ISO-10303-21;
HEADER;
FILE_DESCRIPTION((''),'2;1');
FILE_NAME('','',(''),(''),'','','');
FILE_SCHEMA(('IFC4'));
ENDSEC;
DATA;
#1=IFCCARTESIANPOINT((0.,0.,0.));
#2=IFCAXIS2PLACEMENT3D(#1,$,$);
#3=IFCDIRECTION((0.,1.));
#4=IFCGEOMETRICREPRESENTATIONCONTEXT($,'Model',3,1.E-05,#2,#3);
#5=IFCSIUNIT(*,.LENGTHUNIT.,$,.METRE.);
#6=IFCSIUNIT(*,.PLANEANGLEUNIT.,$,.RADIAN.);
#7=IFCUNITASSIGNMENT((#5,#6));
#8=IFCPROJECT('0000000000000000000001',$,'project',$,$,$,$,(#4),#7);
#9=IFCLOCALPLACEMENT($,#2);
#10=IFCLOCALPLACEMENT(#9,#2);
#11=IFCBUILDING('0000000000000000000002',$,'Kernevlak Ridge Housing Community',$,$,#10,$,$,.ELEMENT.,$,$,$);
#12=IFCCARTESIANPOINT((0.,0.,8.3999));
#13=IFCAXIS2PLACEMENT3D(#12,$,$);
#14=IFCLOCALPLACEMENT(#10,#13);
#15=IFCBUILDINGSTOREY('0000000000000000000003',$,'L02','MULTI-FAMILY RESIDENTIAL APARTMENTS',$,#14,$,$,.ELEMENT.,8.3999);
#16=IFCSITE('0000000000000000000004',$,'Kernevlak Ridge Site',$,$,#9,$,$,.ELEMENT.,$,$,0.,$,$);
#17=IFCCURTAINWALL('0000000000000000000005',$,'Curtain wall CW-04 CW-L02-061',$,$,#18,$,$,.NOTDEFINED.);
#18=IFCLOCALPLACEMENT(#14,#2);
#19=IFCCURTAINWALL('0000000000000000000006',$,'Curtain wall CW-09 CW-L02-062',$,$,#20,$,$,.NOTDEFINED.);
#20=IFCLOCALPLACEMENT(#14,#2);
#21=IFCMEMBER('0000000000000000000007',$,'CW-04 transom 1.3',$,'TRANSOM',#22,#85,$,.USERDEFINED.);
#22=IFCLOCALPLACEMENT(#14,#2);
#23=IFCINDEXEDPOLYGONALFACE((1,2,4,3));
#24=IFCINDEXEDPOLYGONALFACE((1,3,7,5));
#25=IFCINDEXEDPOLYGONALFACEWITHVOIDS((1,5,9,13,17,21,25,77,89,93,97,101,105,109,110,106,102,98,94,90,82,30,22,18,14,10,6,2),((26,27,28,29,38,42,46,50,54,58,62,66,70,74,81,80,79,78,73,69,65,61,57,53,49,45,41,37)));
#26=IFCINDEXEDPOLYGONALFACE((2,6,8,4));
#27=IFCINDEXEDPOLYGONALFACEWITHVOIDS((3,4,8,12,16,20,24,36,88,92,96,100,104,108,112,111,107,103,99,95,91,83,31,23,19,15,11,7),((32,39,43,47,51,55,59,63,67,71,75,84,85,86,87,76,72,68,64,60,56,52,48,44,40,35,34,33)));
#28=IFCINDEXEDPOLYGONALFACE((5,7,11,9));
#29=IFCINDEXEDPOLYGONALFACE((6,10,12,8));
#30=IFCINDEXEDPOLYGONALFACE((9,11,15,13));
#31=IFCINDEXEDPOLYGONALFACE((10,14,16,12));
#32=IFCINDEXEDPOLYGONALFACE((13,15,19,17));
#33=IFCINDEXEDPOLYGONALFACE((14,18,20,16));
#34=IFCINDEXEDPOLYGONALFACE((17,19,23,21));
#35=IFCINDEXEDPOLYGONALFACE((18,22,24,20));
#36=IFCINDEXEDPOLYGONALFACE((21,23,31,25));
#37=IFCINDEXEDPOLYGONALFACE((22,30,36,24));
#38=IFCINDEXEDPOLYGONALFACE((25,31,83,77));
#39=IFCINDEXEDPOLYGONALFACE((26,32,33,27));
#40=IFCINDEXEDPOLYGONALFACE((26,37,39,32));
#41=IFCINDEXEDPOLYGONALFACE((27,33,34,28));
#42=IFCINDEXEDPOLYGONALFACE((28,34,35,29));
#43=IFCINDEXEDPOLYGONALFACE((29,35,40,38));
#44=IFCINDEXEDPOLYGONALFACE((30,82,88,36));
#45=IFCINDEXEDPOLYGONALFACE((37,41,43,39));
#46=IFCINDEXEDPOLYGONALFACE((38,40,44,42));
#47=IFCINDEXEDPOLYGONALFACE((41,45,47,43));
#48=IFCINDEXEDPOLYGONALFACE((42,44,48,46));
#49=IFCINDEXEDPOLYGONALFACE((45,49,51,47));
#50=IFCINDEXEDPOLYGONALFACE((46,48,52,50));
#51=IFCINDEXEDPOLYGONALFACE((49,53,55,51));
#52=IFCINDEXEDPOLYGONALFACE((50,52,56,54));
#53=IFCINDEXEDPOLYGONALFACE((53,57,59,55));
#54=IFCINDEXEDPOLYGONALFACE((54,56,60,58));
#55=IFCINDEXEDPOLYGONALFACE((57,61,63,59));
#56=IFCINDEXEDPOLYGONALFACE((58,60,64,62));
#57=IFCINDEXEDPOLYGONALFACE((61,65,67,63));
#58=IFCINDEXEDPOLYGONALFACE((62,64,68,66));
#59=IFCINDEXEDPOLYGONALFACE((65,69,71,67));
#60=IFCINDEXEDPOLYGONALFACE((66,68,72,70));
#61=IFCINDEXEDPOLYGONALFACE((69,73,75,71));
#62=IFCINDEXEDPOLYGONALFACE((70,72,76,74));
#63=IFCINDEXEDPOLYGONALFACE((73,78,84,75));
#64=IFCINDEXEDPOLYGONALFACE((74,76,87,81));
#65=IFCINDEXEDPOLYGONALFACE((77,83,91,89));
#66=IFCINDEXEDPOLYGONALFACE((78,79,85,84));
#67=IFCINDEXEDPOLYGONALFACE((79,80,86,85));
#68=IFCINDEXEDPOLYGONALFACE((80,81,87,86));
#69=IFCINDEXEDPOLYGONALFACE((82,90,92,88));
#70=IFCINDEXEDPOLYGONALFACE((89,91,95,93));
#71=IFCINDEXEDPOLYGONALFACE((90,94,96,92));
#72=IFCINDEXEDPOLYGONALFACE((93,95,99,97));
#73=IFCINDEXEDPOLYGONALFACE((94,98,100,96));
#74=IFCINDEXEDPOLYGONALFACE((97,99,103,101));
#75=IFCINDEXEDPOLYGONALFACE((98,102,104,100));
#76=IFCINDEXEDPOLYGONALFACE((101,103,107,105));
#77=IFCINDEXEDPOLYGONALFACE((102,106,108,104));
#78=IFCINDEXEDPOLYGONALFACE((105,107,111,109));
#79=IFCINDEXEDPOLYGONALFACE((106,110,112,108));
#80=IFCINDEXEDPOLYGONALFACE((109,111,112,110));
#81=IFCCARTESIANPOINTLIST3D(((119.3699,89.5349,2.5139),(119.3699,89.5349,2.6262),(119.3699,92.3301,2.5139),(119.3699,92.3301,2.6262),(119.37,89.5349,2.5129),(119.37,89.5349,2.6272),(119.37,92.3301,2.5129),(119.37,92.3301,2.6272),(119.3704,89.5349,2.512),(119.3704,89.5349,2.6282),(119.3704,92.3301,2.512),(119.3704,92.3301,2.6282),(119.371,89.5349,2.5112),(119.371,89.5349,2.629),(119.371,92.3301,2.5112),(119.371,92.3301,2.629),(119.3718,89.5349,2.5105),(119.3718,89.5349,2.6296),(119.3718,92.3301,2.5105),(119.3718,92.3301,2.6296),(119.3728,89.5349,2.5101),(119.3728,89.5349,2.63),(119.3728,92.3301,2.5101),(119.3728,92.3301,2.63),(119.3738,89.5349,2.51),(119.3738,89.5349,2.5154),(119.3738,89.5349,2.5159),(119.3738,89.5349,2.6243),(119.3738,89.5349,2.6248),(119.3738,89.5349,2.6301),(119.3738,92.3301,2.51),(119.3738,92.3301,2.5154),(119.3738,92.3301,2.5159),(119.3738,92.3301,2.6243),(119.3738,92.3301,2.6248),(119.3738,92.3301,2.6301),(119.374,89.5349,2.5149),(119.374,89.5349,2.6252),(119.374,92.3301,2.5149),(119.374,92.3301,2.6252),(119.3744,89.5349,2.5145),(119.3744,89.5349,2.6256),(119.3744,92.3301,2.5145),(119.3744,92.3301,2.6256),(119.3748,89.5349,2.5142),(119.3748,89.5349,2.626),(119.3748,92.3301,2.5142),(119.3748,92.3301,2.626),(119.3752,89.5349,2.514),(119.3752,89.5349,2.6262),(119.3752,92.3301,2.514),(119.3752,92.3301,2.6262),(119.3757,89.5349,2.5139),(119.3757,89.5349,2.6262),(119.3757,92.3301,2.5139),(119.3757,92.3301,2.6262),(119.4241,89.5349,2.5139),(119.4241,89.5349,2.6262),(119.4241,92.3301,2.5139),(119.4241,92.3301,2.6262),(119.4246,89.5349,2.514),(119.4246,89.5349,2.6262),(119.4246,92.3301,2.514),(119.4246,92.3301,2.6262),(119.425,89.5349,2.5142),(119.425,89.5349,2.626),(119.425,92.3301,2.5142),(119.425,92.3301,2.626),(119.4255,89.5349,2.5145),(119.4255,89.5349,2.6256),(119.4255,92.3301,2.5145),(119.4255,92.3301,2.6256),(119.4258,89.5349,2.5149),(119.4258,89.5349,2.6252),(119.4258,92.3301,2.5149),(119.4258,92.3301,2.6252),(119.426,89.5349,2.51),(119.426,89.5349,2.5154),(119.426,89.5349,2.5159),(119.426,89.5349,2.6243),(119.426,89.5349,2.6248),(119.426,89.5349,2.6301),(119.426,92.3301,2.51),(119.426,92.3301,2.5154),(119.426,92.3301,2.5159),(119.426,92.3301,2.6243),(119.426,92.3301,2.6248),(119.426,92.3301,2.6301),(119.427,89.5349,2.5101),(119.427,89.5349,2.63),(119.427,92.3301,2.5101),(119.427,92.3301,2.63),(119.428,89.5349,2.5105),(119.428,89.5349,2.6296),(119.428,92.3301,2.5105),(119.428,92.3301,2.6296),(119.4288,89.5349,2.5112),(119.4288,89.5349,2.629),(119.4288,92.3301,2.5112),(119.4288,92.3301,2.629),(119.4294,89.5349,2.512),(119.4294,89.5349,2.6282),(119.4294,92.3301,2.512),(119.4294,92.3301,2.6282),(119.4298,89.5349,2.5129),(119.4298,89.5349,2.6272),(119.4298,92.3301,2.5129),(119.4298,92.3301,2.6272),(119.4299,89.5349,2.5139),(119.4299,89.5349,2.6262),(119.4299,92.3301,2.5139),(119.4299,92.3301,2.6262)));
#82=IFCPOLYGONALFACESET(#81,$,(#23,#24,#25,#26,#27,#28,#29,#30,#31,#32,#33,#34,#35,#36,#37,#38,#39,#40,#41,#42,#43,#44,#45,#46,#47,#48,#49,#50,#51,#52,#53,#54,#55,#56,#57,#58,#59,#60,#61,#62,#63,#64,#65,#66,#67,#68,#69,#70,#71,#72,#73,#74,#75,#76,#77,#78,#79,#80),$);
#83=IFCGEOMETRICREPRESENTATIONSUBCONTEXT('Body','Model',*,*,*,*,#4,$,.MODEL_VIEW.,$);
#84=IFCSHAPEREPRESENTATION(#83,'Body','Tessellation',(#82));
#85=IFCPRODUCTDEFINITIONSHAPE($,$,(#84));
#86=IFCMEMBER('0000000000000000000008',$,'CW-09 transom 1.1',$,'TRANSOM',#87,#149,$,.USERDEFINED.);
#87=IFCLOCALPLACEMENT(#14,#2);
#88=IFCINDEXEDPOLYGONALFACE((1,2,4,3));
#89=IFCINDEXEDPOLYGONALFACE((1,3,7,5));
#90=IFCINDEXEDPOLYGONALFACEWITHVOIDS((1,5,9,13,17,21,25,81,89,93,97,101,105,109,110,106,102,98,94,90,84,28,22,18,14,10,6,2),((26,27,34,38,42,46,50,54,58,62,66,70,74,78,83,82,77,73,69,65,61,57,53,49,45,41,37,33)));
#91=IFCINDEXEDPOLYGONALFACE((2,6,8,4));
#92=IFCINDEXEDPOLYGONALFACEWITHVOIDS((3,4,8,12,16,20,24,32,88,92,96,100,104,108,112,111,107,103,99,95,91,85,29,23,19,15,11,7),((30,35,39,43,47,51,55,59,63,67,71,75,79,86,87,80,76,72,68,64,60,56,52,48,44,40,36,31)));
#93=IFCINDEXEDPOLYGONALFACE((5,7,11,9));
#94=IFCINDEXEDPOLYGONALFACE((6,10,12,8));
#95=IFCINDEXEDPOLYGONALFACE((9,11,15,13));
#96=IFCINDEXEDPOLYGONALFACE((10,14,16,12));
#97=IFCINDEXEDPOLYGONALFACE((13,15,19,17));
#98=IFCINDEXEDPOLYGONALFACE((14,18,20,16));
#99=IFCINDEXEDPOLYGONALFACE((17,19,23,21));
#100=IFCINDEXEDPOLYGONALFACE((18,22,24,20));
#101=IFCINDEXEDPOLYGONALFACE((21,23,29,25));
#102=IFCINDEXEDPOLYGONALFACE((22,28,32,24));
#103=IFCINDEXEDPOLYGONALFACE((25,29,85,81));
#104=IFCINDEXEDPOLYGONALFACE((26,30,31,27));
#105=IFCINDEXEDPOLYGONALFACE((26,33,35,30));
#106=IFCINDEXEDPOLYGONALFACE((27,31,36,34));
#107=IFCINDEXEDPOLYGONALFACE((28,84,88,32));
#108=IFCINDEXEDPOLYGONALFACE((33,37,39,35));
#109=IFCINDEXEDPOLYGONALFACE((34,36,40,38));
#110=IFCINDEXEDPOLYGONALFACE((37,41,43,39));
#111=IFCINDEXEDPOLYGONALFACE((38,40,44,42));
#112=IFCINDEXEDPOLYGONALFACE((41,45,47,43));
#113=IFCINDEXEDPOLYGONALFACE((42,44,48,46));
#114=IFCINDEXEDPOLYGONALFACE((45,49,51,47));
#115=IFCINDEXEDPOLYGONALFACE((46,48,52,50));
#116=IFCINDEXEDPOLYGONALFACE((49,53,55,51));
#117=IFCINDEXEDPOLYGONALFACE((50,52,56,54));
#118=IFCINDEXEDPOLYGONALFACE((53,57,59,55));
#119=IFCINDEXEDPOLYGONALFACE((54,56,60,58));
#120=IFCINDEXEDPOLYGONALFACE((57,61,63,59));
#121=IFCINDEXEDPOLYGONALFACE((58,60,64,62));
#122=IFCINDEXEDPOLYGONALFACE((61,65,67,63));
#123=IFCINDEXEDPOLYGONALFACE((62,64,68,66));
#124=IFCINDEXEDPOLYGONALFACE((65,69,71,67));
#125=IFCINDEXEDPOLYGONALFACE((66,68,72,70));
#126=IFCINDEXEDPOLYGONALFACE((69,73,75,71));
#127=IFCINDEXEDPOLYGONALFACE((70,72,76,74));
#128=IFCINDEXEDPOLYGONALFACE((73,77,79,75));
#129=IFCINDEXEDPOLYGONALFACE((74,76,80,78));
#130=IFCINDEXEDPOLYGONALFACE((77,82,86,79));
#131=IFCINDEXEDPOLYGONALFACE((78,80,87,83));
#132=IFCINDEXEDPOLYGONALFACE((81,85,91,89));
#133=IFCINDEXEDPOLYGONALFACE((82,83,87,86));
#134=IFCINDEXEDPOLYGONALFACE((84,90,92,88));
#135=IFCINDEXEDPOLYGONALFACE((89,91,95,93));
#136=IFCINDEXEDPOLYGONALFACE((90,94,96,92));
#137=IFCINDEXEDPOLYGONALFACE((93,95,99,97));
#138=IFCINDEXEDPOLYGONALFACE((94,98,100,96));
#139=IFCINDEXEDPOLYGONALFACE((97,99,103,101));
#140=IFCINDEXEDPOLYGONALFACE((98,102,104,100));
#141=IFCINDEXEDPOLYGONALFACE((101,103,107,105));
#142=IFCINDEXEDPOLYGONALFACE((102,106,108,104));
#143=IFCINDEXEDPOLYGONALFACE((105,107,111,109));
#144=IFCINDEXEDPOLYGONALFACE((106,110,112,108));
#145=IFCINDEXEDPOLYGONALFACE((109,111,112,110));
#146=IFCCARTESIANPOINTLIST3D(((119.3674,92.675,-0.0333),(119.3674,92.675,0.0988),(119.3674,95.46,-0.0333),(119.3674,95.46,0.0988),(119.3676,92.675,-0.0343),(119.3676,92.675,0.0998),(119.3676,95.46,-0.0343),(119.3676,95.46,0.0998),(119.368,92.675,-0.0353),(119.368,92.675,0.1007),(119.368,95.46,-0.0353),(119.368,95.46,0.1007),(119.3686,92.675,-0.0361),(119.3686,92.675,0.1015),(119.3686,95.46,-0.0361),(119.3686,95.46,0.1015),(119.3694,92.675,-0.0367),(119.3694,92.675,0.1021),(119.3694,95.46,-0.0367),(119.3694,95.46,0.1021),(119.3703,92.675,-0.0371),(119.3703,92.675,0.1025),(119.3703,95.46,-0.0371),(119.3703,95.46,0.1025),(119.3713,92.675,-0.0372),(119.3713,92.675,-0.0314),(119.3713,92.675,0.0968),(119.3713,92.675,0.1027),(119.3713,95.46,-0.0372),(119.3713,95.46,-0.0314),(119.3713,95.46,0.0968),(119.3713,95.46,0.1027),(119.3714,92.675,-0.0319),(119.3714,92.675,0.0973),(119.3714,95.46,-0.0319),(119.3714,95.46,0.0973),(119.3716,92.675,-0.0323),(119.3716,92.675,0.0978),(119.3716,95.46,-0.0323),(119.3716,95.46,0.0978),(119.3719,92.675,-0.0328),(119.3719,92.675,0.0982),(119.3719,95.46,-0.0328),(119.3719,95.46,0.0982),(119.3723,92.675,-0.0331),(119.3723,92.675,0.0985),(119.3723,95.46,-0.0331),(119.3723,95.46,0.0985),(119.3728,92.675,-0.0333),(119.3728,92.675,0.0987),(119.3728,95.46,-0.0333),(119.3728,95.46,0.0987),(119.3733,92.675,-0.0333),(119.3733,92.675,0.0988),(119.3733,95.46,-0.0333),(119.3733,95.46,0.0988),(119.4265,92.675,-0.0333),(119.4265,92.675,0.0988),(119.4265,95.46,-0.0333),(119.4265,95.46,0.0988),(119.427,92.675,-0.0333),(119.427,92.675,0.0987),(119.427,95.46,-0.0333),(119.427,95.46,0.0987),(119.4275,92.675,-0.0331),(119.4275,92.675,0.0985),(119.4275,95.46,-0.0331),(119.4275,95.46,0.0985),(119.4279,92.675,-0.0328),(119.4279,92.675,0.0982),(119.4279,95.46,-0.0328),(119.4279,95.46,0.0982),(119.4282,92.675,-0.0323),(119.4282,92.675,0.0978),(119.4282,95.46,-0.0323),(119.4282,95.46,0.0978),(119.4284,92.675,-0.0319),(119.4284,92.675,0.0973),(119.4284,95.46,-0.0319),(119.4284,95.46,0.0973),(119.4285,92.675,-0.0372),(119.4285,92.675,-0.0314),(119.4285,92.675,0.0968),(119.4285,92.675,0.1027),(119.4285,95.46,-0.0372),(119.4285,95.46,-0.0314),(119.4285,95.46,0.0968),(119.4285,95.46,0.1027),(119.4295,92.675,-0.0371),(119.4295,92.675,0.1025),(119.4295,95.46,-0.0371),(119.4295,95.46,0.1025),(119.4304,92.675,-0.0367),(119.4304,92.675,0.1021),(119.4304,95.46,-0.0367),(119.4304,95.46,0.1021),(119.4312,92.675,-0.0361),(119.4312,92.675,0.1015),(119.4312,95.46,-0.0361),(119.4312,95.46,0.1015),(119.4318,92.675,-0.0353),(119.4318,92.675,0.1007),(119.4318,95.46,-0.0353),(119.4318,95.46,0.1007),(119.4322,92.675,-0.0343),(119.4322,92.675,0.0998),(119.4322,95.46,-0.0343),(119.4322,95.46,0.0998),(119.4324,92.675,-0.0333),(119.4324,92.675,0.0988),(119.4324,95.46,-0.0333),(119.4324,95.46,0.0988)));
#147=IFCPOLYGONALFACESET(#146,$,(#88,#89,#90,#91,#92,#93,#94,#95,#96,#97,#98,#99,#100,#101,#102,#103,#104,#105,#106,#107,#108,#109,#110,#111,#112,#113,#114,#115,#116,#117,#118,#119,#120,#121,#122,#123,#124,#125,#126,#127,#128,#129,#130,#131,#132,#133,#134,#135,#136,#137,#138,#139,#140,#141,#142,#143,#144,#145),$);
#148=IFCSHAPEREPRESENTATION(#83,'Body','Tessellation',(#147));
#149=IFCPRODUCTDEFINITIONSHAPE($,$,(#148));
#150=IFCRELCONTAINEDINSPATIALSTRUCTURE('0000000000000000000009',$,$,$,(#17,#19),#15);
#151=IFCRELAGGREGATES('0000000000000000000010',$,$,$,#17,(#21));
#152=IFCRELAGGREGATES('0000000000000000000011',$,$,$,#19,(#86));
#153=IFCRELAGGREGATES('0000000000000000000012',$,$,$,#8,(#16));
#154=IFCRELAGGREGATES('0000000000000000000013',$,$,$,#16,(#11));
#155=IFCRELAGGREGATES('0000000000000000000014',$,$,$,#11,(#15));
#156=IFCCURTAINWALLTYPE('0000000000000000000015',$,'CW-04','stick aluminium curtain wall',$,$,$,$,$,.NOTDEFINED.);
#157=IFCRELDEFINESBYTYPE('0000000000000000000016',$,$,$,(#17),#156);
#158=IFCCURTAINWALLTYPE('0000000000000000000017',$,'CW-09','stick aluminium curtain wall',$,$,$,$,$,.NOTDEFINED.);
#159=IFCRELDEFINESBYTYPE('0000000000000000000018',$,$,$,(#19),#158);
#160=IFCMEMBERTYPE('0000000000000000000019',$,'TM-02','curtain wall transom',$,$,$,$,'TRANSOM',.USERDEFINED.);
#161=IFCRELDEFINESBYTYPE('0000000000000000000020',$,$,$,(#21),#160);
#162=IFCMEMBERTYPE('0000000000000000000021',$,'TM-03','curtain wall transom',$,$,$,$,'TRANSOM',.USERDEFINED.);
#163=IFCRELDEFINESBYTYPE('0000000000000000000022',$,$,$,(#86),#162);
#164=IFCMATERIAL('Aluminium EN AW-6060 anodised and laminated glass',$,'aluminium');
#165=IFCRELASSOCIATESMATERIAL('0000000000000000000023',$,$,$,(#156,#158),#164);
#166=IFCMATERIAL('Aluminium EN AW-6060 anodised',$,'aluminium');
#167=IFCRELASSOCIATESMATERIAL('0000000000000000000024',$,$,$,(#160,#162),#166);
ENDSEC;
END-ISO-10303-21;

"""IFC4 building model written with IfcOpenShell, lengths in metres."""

from ifc_helpers import new_model, si_unit, direction, frame, origin, origin_2d, place, context, subcontext, project, spatial, hollow_rectangle, extrude, material, material_profile, profile_set, type_object, element, aggregate, save


model = new_model("IFC4")

# Units and contexts
model_context = context("Model", 3, precision=1e-05, world=origin(), true_north=direction((0.0, 1.0)))
body_context = subcontext(model_context, "Body", "Model", "MODEL_VIEW")
ifc_project = project(units=[si_unit("LENGTHUNIT", "METRE"), si_unit("PLANEANGLEUNIT", "RADIAN")], contexts=[model_context])

# Site, building, storey
site_placement = place(None, origin())
site = spatial("IfcSite", under=ifc_project, at=site_placement, Name="Kernevlak Ridge Site", CompositionType="ELEMENT", RefElevation=0.0)
building_placement = place(site_placement, origin())
building = spatial("IfcBuilding", under=site, at=building_placement, Name="Kernevlak Ridge Housing Community", CompositionType="ELEMENT")
storey_placement = place(building_placement, frame((0.0, 0.0, 8.3999)))
storey = spatial("IfcBuildingStorey", under=building, at=storey_placement, Name="L02", Description="MULTI-FAMILY RESIDENTIAL APARTMENTS", CompositionType="ELEMENT", Elevation=8.3999)

# Curtain walls
ifc_material_1 = material(Name="Aluminium EN AW-6060 anodised and laminated glass", Category="aluminium")
curtain_wall_type_1 = type_object("IfcCurtainWallType", Name="CW-04", Description="stick aluminium curtain wall", PredefinedType="NOTDEFINED", material=ifc_material_1)
curtain_wall_1_placement = place(storey_placement, origin())
curtain_wall_1 = element("IfcCurtainWall", 1, at=curtain_wall_1_placement, inside=storey, type_object=curtain_wall_type_1, Name="Curtain wall CW-04 CW-L02-061", PredefinedType="NOTDEFINED")
ifc_material_2 = material(Name="Aluminium EN AW-6060 anodised", Category="aluminium")
curtain_wall_type_2 = type_object("IfcCurtainWallType", Name="CW-09", Description="stick aluminium curtain wall", PredefinedType="NOTDEFINED", material=ifc_material_1)
curtain_wall_2_placement = place(storey_placement, origin())
curtain_wall_2 = element("IfcCurtainWall", 2, at=curtain_wall_2_placement, inside=storey, type_object=curtain_wall_type_2, Name="Curtain wall CW-09 CW-L02-062", PredefinedType="NOTDEFINED")

# Members
ifc_material_profile_1 = material_profile(ifc_material_2, hollow_rectangle(XDim=0.0601, YDim=0.1201, WallThickness=0.0039, InnerFilletRadius=0.002, OuterFilletRadius=0.0039, at=origin_2d()), Name="ALU 60x120x4")
ifc_profile_set_1 = profile_set([ifc_material_profile_1], Name="Aluminium EN AW-6060 anodised")
member_type_1 = type_object("IfcMemberType", Name="TM-02", Description="curtain wall transom", ElementType="TRANSOM", PredefinedType="USERDEFINED", material=ifc_profile_set_1)
member_1_placement = place(storey_placement, frame((119.3999, 89.5349, 2.5701), z_axis=(0.0, 1.0, 0.0), x_axis=(-1.0, 0.0, 0.0)))
member_1 = element("IfcMember", 3, at=member_1_placement, type_object=member_type_1, Name="CW-04 transom 1.3", ObjectType="TRANSOM", PredefinedType="USERDEFINED", context=body_context, shape_type="SweptSolid", body=[
    extrude(hollow_rectangle(XDim=0.0601, YDim=0.1201, WallThickness=0.0039, InnerFilletRadius=0.002, OuterFilletRadius=0.0039, at=origin_2d()), origin(), (0.0, 0.0, 1.0), 2.7952),
])
ifc_material_profile_2 = material_profile(ifc_material_2, hollow_rectangle(XDim=0.0649, YDim=0.1399, WallThickness=0.0039, InnerFilletRadius=0.002, OuterFilletRadius=0.0039, at=origin_2d()), Name="ALU 65x140x4")
ifc_profile_set_2 = profile_set([ifc_material_profile_2], Name="Aluminium EN AW-6060 anodised")
member_type_2 = type_object("IfcMemberType", Name="TM-03", Description="curtain wall transom", ElementType="TRANSOM", PredefinedType="USERDEFINED", material=ifc_profile_set_2)
member_2_placement = place(storey_placement, frame((119.3999, 92.675, 0.0327), z_axis=(0.0, 1.0, 0.0), x_axis=(-1.0, 0.0, 0.0)))
member_2 = element("IfcMember", 4, at=member_2_placement, type_object=member_type_2, Name="CW-09 transom 1.1", ObjectType="TRANSOM", PredefinedType="USERDEFINED", context=body_context, shape_type="SweptSolid", body=[
    extrude(hollow_rectangle(XDim=0.0649, YDim=0.1399, WallThickness=0.0039, InnerFilletRadius=0.002, OuterFilletRadius=0.0039, at=origin_2d()), origin(), (0.0, 0.0, 1.0), 2.7849),
])

aggregate(curtain_wall_1, [member_1])
aggregate(curtain_wall_2, [member_2])

save(model, "model.ifc")
